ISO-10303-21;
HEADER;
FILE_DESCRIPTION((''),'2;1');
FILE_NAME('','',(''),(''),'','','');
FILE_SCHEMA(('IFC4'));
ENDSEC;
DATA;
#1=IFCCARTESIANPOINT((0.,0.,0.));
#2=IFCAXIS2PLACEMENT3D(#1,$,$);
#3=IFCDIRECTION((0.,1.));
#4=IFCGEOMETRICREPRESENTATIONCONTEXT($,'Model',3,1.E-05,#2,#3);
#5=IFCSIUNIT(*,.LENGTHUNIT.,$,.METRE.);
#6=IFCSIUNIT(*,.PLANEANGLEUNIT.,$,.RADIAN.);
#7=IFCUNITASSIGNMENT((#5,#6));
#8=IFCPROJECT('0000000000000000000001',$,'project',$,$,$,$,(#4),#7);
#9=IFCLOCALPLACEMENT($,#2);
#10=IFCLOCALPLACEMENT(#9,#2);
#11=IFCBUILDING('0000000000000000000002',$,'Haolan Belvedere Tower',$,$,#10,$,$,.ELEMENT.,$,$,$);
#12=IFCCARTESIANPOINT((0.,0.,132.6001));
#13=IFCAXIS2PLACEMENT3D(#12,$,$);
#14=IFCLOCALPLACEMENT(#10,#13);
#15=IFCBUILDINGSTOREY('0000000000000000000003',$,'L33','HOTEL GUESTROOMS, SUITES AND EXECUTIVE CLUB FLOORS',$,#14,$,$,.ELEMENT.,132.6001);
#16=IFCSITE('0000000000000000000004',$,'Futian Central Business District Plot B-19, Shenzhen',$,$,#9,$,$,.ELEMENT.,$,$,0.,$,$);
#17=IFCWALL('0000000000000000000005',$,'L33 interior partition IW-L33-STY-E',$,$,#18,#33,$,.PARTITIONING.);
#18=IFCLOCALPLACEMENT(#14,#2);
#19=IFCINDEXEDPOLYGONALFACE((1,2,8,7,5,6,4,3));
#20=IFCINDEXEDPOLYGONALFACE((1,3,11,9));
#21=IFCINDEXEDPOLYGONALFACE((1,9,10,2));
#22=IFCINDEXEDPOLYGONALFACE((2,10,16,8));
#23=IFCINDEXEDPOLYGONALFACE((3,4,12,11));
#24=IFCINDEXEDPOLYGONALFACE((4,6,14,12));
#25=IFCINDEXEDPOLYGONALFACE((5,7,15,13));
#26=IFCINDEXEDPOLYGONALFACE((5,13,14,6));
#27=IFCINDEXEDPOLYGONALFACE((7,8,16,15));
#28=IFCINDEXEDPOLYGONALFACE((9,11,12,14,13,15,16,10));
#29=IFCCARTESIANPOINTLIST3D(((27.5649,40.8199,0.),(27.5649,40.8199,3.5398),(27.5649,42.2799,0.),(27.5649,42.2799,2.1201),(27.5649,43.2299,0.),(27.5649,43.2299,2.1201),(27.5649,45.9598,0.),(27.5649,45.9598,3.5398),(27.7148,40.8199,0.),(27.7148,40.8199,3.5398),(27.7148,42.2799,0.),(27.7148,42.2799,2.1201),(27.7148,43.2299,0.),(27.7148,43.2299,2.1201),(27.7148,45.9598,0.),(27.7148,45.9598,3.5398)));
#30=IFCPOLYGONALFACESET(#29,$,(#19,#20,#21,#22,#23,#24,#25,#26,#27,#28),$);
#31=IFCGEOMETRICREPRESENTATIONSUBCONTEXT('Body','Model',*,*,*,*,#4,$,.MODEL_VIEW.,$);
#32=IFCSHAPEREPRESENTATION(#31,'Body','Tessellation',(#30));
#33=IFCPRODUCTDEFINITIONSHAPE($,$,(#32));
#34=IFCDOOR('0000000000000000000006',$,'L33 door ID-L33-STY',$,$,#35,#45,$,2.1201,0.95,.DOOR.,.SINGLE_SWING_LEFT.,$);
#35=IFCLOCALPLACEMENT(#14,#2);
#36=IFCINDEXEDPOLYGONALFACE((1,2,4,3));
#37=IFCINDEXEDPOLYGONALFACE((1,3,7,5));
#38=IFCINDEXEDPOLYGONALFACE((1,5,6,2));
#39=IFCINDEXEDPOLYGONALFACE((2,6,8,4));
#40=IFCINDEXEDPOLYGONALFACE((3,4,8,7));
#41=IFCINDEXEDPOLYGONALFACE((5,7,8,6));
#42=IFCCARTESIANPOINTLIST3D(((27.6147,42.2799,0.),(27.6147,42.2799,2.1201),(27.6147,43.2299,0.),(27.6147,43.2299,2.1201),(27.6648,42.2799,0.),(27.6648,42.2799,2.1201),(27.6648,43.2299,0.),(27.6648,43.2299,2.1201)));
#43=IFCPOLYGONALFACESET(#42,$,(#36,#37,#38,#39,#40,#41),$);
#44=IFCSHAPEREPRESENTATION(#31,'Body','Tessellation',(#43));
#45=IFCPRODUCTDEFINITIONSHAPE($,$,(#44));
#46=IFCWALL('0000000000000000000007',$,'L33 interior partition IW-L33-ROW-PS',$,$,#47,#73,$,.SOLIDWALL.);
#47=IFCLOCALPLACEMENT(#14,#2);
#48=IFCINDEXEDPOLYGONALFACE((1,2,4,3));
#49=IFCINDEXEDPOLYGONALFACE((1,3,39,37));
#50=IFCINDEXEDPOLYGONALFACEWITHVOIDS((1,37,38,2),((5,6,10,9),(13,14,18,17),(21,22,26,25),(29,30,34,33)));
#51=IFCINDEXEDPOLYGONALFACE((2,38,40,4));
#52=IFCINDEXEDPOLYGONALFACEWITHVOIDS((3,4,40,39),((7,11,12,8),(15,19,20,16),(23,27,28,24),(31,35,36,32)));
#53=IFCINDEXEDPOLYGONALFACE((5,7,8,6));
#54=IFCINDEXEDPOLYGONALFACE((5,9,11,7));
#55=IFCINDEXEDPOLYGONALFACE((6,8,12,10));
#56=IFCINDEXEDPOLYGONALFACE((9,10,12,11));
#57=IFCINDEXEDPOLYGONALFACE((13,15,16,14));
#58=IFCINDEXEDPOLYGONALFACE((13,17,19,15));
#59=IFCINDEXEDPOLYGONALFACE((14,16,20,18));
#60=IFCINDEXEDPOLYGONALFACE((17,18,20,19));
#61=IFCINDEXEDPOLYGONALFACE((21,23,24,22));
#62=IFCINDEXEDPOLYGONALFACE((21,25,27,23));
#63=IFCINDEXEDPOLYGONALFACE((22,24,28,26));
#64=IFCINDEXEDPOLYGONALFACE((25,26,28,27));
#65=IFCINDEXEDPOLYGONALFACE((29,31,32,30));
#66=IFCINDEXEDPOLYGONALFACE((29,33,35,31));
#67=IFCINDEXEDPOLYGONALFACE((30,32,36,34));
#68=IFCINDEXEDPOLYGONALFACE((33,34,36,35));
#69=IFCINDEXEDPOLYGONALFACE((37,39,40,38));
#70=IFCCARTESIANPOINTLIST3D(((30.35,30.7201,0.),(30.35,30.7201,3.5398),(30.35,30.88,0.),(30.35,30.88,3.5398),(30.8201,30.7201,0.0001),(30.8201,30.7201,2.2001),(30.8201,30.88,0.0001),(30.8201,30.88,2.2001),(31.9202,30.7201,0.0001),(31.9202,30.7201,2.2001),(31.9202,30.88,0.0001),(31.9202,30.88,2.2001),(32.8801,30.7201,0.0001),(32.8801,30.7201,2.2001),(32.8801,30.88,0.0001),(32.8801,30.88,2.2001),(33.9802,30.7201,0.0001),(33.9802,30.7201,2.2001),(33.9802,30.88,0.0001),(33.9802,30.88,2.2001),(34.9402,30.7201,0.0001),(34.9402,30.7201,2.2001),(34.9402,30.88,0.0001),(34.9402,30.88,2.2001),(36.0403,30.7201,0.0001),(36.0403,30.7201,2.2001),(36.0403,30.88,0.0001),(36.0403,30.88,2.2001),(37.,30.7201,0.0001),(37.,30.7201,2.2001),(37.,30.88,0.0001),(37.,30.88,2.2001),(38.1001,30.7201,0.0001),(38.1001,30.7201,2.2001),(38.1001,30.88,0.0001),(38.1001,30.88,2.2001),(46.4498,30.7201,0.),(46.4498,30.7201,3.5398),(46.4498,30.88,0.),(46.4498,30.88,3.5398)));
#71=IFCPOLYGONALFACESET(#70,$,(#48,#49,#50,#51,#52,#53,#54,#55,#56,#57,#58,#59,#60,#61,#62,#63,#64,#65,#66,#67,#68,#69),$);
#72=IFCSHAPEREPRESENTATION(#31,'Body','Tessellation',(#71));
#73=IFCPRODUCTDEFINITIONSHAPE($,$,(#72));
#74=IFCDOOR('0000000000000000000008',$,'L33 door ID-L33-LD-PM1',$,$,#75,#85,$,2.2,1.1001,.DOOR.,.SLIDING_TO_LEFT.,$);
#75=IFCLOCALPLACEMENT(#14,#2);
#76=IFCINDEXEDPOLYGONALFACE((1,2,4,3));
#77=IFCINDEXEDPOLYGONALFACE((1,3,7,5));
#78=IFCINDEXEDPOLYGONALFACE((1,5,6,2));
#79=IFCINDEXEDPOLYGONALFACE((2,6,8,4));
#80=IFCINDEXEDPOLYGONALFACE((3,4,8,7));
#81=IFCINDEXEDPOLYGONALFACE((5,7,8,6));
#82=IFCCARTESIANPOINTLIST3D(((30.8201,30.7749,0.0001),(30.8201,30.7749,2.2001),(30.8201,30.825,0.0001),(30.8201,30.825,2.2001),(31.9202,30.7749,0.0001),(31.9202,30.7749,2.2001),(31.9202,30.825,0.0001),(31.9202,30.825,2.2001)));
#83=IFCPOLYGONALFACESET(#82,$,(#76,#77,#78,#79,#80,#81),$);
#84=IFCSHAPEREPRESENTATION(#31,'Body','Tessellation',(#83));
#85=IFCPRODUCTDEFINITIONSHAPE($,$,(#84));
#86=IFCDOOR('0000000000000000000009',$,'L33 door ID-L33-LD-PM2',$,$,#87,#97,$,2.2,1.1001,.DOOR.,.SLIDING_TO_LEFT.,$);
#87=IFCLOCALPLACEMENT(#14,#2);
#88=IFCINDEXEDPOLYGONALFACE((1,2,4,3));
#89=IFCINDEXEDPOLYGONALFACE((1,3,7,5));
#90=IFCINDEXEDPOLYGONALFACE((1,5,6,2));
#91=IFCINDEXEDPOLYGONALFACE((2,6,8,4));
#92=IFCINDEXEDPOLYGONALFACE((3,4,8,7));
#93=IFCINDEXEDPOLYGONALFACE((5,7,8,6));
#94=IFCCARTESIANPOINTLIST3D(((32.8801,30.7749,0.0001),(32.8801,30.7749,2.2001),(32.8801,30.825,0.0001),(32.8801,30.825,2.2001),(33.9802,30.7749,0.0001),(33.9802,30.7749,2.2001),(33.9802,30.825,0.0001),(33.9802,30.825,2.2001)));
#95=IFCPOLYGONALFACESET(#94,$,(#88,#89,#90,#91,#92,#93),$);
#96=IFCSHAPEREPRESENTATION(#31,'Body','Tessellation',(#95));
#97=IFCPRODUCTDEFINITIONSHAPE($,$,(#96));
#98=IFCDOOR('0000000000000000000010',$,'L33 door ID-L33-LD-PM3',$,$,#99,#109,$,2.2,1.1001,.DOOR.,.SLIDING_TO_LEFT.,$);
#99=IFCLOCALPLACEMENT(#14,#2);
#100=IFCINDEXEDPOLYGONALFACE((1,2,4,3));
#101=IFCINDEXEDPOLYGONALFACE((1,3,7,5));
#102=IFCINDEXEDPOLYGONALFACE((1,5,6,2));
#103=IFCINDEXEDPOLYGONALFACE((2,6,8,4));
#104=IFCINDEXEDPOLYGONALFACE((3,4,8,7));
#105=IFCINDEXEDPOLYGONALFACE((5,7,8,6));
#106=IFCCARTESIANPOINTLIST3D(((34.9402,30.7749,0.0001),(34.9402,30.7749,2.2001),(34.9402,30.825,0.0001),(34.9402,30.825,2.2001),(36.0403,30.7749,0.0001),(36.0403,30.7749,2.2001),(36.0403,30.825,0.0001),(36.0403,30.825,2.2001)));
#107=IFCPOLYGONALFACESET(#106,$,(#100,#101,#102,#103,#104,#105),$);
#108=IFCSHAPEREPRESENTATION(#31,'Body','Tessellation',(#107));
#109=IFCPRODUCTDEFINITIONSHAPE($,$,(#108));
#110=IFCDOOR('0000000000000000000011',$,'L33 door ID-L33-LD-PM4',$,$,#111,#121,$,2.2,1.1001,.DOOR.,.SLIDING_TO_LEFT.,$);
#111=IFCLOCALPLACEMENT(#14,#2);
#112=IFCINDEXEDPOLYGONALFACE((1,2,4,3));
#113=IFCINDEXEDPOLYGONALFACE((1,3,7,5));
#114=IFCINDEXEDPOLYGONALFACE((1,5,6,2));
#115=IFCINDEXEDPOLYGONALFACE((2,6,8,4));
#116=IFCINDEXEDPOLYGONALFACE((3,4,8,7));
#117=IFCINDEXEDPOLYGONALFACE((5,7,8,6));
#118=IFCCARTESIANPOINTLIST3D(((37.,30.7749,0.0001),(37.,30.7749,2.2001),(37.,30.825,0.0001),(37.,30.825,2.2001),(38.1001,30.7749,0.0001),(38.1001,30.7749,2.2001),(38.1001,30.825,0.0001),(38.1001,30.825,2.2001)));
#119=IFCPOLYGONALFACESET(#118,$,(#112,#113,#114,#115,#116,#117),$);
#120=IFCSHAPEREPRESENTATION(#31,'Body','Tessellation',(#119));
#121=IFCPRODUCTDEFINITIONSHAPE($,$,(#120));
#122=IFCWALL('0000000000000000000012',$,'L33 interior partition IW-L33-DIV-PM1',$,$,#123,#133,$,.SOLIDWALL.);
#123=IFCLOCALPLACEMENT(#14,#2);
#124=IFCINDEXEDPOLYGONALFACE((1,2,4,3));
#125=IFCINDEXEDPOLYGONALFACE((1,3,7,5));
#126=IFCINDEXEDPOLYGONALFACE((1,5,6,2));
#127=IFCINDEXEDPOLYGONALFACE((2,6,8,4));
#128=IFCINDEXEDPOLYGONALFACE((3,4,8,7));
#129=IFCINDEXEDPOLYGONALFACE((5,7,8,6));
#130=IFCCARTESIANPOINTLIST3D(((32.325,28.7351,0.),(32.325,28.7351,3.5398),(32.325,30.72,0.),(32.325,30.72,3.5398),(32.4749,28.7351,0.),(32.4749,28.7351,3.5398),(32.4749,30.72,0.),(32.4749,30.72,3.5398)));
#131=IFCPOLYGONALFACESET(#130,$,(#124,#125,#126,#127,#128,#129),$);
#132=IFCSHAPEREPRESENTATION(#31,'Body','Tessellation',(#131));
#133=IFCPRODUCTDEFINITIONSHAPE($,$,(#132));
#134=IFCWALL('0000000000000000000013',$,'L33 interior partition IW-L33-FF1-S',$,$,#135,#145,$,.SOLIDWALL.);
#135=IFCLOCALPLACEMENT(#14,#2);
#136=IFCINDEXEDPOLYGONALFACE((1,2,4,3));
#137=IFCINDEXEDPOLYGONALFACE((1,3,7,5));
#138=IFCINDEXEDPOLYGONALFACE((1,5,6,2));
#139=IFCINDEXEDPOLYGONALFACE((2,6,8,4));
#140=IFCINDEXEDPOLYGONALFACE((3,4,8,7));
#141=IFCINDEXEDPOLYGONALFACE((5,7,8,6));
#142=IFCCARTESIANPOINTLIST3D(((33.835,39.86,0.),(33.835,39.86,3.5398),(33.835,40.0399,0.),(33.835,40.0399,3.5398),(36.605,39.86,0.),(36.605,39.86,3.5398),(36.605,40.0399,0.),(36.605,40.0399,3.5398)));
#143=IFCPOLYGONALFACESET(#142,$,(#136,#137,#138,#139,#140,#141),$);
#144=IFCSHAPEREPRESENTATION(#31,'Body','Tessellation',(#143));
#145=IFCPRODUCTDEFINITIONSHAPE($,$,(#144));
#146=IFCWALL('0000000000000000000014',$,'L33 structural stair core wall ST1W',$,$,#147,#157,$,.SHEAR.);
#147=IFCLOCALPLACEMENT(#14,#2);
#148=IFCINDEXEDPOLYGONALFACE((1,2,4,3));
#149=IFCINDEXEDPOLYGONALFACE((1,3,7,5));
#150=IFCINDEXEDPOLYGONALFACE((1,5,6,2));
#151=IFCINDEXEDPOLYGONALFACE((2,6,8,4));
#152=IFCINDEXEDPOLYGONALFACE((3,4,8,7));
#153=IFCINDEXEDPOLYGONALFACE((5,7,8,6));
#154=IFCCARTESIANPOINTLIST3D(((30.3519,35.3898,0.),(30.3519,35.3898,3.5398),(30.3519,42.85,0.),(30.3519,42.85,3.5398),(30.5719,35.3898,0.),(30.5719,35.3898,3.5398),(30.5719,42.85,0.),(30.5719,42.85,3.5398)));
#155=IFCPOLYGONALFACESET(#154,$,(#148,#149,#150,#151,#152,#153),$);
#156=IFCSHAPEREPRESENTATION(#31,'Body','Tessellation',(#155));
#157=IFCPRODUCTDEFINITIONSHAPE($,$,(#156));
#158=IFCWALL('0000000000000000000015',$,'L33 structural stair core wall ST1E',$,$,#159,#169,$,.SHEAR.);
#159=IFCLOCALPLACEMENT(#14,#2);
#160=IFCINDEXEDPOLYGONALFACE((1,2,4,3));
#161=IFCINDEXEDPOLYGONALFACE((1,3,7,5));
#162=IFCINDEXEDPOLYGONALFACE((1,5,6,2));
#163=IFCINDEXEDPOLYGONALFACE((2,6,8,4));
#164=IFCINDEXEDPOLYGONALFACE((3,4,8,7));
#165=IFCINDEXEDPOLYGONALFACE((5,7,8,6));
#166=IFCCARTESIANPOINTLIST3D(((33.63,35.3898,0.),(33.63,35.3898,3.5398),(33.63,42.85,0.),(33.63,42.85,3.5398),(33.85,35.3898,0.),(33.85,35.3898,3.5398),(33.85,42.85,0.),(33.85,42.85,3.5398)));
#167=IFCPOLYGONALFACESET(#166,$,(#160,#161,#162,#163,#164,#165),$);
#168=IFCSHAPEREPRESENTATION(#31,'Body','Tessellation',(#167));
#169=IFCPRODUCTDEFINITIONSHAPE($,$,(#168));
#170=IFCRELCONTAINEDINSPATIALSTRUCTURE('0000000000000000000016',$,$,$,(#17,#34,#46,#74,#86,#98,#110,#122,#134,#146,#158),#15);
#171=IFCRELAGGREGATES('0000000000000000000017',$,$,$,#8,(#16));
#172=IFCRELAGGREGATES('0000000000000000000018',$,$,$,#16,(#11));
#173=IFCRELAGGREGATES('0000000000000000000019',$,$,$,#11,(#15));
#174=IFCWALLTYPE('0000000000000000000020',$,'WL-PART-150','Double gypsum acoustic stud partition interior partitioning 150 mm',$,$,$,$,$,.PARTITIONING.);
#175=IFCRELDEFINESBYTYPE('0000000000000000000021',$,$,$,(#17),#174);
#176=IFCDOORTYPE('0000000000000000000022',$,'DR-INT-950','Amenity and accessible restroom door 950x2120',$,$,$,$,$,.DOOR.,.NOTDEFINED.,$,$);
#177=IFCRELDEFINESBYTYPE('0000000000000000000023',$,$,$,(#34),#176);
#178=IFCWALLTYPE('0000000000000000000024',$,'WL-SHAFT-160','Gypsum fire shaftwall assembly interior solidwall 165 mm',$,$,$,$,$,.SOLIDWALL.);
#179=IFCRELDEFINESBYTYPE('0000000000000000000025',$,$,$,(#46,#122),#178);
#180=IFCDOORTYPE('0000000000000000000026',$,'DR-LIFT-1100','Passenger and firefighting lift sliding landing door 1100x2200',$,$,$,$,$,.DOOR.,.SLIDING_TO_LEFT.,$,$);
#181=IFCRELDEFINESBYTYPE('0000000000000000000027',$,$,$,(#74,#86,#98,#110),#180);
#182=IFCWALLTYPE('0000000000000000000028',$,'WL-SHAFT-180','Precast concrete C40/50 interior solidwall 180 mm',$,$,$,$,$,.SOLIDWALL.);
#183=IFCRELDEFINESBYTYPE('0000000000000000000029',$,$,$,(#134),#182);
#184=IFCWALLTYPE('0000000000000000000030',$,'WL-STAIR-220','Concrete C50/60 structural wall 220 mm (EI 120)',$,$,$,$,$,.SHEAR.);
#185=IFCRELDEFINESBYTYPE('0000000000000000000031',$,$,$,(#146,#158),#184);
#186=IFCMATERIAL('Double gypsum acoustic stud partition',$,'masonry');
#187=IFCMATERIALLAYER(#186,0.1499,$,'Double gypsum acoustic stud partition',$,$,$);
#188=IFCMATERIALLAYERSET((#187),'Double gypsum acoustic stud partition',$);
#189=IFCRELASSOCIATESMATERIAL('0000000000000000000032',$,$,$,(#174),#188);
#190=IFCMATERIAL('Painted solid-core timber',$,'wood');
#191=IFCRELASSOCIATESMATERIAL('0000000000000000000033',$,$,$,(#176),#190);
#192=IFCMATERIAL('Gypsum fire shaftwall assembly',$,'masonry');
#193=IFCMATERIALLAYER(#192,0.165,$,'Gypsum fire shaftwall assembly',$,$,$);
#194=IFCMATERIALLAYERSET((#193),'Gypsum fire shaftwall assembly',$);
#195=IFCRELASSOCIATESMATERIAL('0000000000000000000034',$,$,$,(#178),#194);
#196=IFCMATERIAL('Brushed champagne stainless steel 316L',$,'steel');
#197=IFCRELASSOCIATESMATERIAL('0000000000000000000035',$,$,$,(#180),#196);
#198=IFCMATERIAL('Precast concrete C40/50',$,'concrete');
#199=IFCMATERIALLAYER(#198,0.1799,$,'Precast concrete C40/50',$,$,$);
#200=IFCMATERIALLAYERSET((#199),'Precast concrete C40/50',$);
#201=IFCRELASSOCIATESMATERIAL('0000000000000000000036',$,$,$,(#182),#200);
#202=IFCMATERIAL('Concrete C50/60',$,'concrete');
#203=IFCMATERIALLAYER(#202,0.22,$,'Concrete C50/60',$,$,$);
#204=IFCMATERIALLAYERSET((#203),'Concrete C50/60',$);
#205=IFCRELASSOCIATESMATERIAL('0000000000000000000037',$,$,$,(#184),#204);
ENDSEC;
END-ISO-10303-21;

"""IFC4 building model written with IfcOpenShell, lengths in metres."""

from ifc_helpers import new_model, si_unit, direction, frame, frame_2d, origin, place, context, subcontext, project, spatial, rectangle, extrude, material, layer, layer_set, type_object, element, fill, save


model = new_model("IFC4")

# Units and contexts
model_context = context("Model", 3, precision=1e-05, world=origin(), true_north=direction((0.0, 1.0)))
body_context = subcontext(model_context, "Body", "Model", "MODEL_VIEW")
ifc_project = project(units=[si_unit("LENGTHUNIT", "METRE"), si_unit("PLANEANGLEUNIT", "RADIAN")], contexts=[model_context])

# Site, building, storey
site_placement = place(None, origin())
site = spatial("IfcSite", under=ifc_project, at=site_placement, Name="Futian Central Business District Plot B-19, Shenzhen", CompositionType="ELEMENT", RefElevation=0.0)
building_placement = place(site_placement, origin())
building = spatial("IfcBuilding", under=site, at=building_placement, Name="Haolan Belvedere Tower", CompositionType="ELEMENT")
storey_placement = place(building_placement, frame((0.0, 0.0, 132.6001)))
storey = spatial("IfcBuildingStorey", under=building, at=storey_placement, Name="L33", Description="HOTEL GUESTROOMS, SUITES AND EXECUTIVE CLUB FLOORS", CompositionType="ELEMENT", Elevation=132.6001)

# Shared definitions
ifc_material_1 = material(Name="Double gypsum acoustic stud partition", Category="masonry")
ifc_layer_1 = layer(ifc_material_1, 0.1499, Name="Double gypsum acoustic stud partition")
ifc_layer_set_1 = layer_set([ifc_layer_1], Name="Double gypsum acoustic stud partition")
wall_type_1 = type_object("IfcWallType", Name="WL-PART-150", Description="Double gypsum acoustic stud partition interior partitioning 150 mm", PredefinedType="PARTITIONING", material=ifc_layer_set_1)

# Wall, opening, door
ifc_material_2 = material(Name="Painted solid-core timber", Category="wood")
door_type_1 = type_object("IfcDoorType", Name="DR-INT-950", Description="Amenity and accessible restroom door 950x2120", OperationType="NOTDEFINED", PredefinedType="DOOR", material=ifc_material_2)
wall_1_placement = place(storey_placement, frame((27.6399, 40.8201, 0.0), z_axis=(0.0, 0.0, 1.0), x_axis=(0.0, 1.0, 0.0)))
wall_1 = element("IfcWall", 1, at=wall_1_placement, inside=storey, type_object=wall_type_1, Name="L33 interior partition IW-L33-STY-E", PredefinedType="PARTITIONING", context=body_context, shape_type="SweptSolid", body=[
    extrude(rectangle(XDim=5.1399, YDim=0.1499, at=frame_2d((2.5698, 0.0))), origin(), (0.0, 0.0, 1.0), 3.5398),
])
opening_1_placement = place(wall_1_placement, frame((2.4099, 0.0, 0.0), z_axis=(0.0, 0.0, 1.0), x_axis=(-1.0, 0.0, 0.0)))
opening_1 = element("IfcOpeningElement", 2, at=opening_1_placement, cuts=wall_1, PredefinedType="OPENING", context=body_context, shape_type="SweptSolid", body=[
    extrude(rectangle(XDim=0.95, YDim=2.1201, at=frame_2d((0.4751, 1.0601))), frame((0.0, 0.085, 0.0), z_axis=(0.0, -1.0, 0.0), x_axis=(1.0, 0.0, 0.0)), (0.0, 0.0, 1.0), 0.1699),
])
door_1_placement = place(opening_1_placement, origin())
door_1 = element("IfcDoor", 3, at=door_1_placement, inside=storey, type_object=door_type_1, Name="L33 door ID-L33-STY", OperationType="SINGLE_SWING_LEFT", OverallHeight=2.1201, OverallWidth=0.95, PredefinedType="DOOR", context=body_context, shape_type="SweptSolid", body=[
    extrude(rectangle(XDim=0.95, YDim=2.1201, at=frame_2d((0.4751, 1.0601))), frame((0.0, 0.0249, 0.0), z_axis=(0.0, -1.0, 0.0), x_axis=(1.0, 0.0, 0.0)), (0.0, 0.0, 1.0), 0.05),
])
fill(opening_1, door_1)
ifc_material_3 = material(Name="Gypsum fire shaftwall assembly", Category="masonry")
ifc_layer_2 = layer(ifc_material_3, 0.165, Name="Gypsum fire shaftwall assembly")
ifc_layer_set_2 = layer_set([ifc_layer_2], Name="Gypsum fire shaftwall assembly")
wall_type_2 = type_object("IfcWallType", Name="WL-SHAFT-160", Description="Gypsum fire shaftwall assembly interior solidwall 165 mm", PredefinedType="SOLIDWALL", material=ifc_layer_set_2)

# Wall, openings, doors
wall_2_placement = place(storey_placement, frame((30.3501, 30.8, 0.0), z_axis=(0.0, 0.0, 1.0), x_axis=(1.0, 0.0, 0.0)))
wall_2 = element("IfcWall", 4, at=wall_2_placement, inside=storey, type_object=wall_type_2, Name="L33 interior partition IW-L33-ROW-PS", PredefinedType="SOLIDWALL", context=body_context, shape_type="SweptSolid", body=[
    extrude(rectangle(XDim=16.0999, YDim=0.1599, at=frame_2d((8.0498, 0.0))), origin(), (0.0, 0.0, 1.0), 3.5398),
])
opening_2_placement = place(wall_2_placement, frame((0.47, 0.0, 0.0)))
opening_2 = element("IfcOpeningElement", 5, at=opening_2_placement, cuts=wall_2, PredefinedType="OPENING", context=body_context, shape_type="SweptSolid", body=[
    extrude(rectangle(XDim=1.1001, YDim=2.2, at=frame_2d((0.55, 1.1001))), frame((0.0, 0.0898, 0.0), z_axis=(0.0, -1.0, 0.0), x_axis=(1.0, 0.0, 0.0)), (0.0, 0.0, 1.0), 0.1799),
])
opening_3_placement = place(wall_2_placement, frame((2.53, 0.0, 0.0)))
opening_3 = element("IfcOpeningElement", 6, at=opening_3_placement, cuts=wall_2, PredefinedType="OPENING", context=body_context, shape_type="SweptSolid", body=[
    extrude(rectangle(XDim=1.1001, YDim=2.2, at=frame_2d((0.55, 1.1001))), frame((0.0, 0.0898, 0.0), z_axis=(0.0, -1.0, 0.0), x_axis=(1.0, 0.0, 0.0)), (0.0, 0.0, 1.0), 0.1799),
])
opening_4_placement = place(wall_2_placement, frame((4.5901, 0.0, 0.0)))
opening_4 = element("IfcOpeningElement", 7, at=opening_4_placement, cuts=wall_2, PredefinedType="OPENING", context=body_context, shape_type="SweptSolid", body=[
    extrude(rectangle(XDim=1.1001, YDim=2.2, at=frame_2d((0.55, 1.1001))), frame((0.0, 0.0898, 0.0), z_axis=(0.0, -1.0, 0.0), x_axis=(1.0, 0.0, 0.0)), (0.0, 0.0, 1.0), 0.1799),
])
opening_5_placement = place(wall_2_placement, frame((6.6499, 0.0, 0.0)))
opening_5 = element("IfcOpeningElement", 8, at=opening_5_placement, cuts=wall_2, PredefinedType="OPENING", context=body_context, shape_type="SweptSolid", body=[
    extrude(rectangle(XDim=1.1001, YDim=2.2, at=frame_2d((0.55, 1.1001))), frame((0.0, 0.0898, 0.0), z_axis=(0.0, -1.0, 0.0), x_axis=(1.0, 0.0, 0.0)), (0.0, 0.0, 1.0), 0.1799),
])
ifc_material_4 = material(Name="Brushed champagne stainless steel 316L", Category="steel")
door_type_2 = type_object("IfcDoorType", Name="DR-LIFT-1100", Description="Passenger and firefighting lift sliding landing door 1100x2200", OperationType="SLIDING_TO_LEFT", PredefinedType="DOOR", material=ifc_material_4)
door_2_placement = place(opening_2_placement, origin())
door_2 = element("IfcDoor", 9, at=door_2_placement, inside=storey, type_object=door_type_2, Name="L33 door ID-L33-LD-PM1", OperationType="SLIDING_TO_LEFT", OverallHeight=2.2, OverallWidth=1.1001, PredefinedType="DOOR", context=body_context, shape_type="SweptSolid", body=[
    extrude(rectangle(XDim=1.1001, YDim=2.2, at=frame_2d((0.55, 1.1001))), frame((0.0, 0.0249, 0.0), z_axis=(0.0, -1.0, 0.0), x_axis=(1.0, 0.0, 0.0)), (0.0, 0.0, 1.0), 0.05),
])
fill(opening_2, door_2)
door_3_placement = place(opening_3_placement, origin())
door_3 = element("IfcDoor", 10, at=door_3_placement, inside=storey, type_object=door_type_2, Name="L33 door ID-L33-LD-PM2", OperationType="SLIDING_TO_LEFT", OverallHeight=2.2, OverallWidth=1.1001, PredefinedType="DOOR", context=body_context, shape_type="SweptSolid", body=[
    extrude(rectangle(XDim=1.1001, YDim=2.2, at=frame_2d((0.55, 1.1001))), frame((0.0, 0.0249, 0.0), z_axis=(0.0, -1.0, 0.0), x_axis=(1.0, 0.0, 0.0)), (0.0, 0.0, 1.0), 0.05),
])
fill(opening_3, door_3)
door_4_placement = place(opening_4_placement, origin())
door_4 = element("IfcDoor", 11, at=door_4_placement, inside=storey, type_object=door_type_2, Name="L33 door ID-L33-LD-PM3", OperationType="SLIDING_TO_LEFT", OverallHeight=2.2, OverallWidth=1.1001, PredefinedType="DOOR", context=body_context, shape_type="SweptSolid", body=[
    extrude(rectangle(XDim=1.1001, YDim=2.2, at=frame_2d((0.55, 1.1001))), frame((0.0, 0.0249, 0.0), z_axis=(0.0, -1.0, 0.0), x_axis=(1.0, 0.0, 0.0)), (0.0, 0.0, 1.0), 0.05),
])
fill(opening_4, door_4)
door_5_placement = place(opening_5_placement, origin())
door_5 = element("IfcDoor", 12, at=door_5_placement, inside=storey, type_object=door_type_2, Name="L33 door ID-L33-LD-PM4", OperationType="SLIDING_TO_LEFT", OverallHeight=2.2, OverallWidth=1.1001, PredefinedType="DOOR", context=body_context, shape_type="SweptSolid", body=[
    extrude(rectangle(XDim=1.1001, YDim=2.2, at=frame_2d((0.55, 1.1001))), frame((0.0, 0.0249, 0.0), z_axis=(0.0, -1.0, 0.0), x_axis=(1.0, 0.0, 0.0)), (0.0, 0.0, 1.0), 0.05),
])
fill(opening_5, door_5)

# Walls
wall_3_placement = place(storey_placement, frame((32.3999, 28.7351, 0.0), z_axis=(0.0, 0.0, 1.0), x_axis=(0.0, 1.0, 0.0)))
element("IfcWall", 13, at=wall_3_placement, inside=storey, type_object=wall_type_2, Name="L33 interior partition IW-L33-DIV-PM1", PredefinedType="SOLIDWALL", context=body_context, shape_type="SweptSolid", body=[
    extrude(rectangle(XDim=1.9849, YDim=0.1499, at=frame_2d((0.9924, 0.0))), origin(), (0.0, 0.0, 1.0), 3.5398),
])
ifc_material_5 = material(Name="Precast concrete C40/50", Category="concrete")
ifc_layer_3 = layer(ifc_material_5, 0.1799, Name="Precast concrete C40/50")
ifc_layer_set_3 = layer_set([ifc_layer_3], Name="Precast concrete C40/50")
wall_type_3 = type_object("IfcWallType", Name="WL-SHAFT-180", Description="Precast concrete C40/50 interior solidwall 180 mm", PredefinedType="SOLIDWALL", material=ifc_layer_set_3)
wall_4_placement = place(storey_placement, frame((33.835, 39.95, 0.0), z_axis=(0.0, 0.0, 1.0), x_axis=(1.0, 0.0, 0.0)))
element("IfcWall", 14, at=wall_4_placement, inside=storey, type_object=wall_type_3, Name="L33 interior partition IW-L33-FF1-S", PredefinedType="SOLIDWALL", context=body_context, shape_type="SweptSolid", body=[
    extrude(rectangle(XDim=2.77, YDim=0.1799, at=frame_2d((1.385, 0.0))), origin(), (0.0, 0.0, 1.0), 3.5398),
])
ifc_material_6 = material(Name="Concrete C50/60", Category="concrete")
ifc_layer_4 = layer(ifc_material_6, 0.22, Name="Concrete C50/60")
ifc_layer_set_4 = layer_set([ifc_layer_4], Name="Concrete C50/60")
wall_type_4 = type_object("IfcWallType", Name="WL-STAIR-220", Description="Concrete C50/60 structural wall 220 mm (EI 120)", PredefinedType="SHEAR", material=ifc_layer_set_4)
for number, where, z_axis, x_axis, name in (
    (15, (30.4619, 35.3899, 0.0), (0.0, 0.0, 1.0), (0.0, 1.0, 0.0), "L33 structural stair core wall ST1W"),
    (16, (33.74, 35.3899, 0.0), (0.0, 0.0, 1.0), (0.0, 1.0, 0.0), "L33 structural stair core wall ST1E"),
):
    element("IfcWall", number, at=place(storey_placement, frame(where, z_axis=z_axis, x_axis=x_axis)), inside=storey, type_object=wall_type_4, Name=name, PredefinedType="SHEAR", context=body_context, shape_type="SweptSolid", body=[
        extrude(rectangle(XDim=7.4602, YDim=0.22, at=frame_2d((3.73, 0.0))), origin(), (0.0, 0.0, 1.0), 3.5398),
    ])

save(model, "model.ifc")
